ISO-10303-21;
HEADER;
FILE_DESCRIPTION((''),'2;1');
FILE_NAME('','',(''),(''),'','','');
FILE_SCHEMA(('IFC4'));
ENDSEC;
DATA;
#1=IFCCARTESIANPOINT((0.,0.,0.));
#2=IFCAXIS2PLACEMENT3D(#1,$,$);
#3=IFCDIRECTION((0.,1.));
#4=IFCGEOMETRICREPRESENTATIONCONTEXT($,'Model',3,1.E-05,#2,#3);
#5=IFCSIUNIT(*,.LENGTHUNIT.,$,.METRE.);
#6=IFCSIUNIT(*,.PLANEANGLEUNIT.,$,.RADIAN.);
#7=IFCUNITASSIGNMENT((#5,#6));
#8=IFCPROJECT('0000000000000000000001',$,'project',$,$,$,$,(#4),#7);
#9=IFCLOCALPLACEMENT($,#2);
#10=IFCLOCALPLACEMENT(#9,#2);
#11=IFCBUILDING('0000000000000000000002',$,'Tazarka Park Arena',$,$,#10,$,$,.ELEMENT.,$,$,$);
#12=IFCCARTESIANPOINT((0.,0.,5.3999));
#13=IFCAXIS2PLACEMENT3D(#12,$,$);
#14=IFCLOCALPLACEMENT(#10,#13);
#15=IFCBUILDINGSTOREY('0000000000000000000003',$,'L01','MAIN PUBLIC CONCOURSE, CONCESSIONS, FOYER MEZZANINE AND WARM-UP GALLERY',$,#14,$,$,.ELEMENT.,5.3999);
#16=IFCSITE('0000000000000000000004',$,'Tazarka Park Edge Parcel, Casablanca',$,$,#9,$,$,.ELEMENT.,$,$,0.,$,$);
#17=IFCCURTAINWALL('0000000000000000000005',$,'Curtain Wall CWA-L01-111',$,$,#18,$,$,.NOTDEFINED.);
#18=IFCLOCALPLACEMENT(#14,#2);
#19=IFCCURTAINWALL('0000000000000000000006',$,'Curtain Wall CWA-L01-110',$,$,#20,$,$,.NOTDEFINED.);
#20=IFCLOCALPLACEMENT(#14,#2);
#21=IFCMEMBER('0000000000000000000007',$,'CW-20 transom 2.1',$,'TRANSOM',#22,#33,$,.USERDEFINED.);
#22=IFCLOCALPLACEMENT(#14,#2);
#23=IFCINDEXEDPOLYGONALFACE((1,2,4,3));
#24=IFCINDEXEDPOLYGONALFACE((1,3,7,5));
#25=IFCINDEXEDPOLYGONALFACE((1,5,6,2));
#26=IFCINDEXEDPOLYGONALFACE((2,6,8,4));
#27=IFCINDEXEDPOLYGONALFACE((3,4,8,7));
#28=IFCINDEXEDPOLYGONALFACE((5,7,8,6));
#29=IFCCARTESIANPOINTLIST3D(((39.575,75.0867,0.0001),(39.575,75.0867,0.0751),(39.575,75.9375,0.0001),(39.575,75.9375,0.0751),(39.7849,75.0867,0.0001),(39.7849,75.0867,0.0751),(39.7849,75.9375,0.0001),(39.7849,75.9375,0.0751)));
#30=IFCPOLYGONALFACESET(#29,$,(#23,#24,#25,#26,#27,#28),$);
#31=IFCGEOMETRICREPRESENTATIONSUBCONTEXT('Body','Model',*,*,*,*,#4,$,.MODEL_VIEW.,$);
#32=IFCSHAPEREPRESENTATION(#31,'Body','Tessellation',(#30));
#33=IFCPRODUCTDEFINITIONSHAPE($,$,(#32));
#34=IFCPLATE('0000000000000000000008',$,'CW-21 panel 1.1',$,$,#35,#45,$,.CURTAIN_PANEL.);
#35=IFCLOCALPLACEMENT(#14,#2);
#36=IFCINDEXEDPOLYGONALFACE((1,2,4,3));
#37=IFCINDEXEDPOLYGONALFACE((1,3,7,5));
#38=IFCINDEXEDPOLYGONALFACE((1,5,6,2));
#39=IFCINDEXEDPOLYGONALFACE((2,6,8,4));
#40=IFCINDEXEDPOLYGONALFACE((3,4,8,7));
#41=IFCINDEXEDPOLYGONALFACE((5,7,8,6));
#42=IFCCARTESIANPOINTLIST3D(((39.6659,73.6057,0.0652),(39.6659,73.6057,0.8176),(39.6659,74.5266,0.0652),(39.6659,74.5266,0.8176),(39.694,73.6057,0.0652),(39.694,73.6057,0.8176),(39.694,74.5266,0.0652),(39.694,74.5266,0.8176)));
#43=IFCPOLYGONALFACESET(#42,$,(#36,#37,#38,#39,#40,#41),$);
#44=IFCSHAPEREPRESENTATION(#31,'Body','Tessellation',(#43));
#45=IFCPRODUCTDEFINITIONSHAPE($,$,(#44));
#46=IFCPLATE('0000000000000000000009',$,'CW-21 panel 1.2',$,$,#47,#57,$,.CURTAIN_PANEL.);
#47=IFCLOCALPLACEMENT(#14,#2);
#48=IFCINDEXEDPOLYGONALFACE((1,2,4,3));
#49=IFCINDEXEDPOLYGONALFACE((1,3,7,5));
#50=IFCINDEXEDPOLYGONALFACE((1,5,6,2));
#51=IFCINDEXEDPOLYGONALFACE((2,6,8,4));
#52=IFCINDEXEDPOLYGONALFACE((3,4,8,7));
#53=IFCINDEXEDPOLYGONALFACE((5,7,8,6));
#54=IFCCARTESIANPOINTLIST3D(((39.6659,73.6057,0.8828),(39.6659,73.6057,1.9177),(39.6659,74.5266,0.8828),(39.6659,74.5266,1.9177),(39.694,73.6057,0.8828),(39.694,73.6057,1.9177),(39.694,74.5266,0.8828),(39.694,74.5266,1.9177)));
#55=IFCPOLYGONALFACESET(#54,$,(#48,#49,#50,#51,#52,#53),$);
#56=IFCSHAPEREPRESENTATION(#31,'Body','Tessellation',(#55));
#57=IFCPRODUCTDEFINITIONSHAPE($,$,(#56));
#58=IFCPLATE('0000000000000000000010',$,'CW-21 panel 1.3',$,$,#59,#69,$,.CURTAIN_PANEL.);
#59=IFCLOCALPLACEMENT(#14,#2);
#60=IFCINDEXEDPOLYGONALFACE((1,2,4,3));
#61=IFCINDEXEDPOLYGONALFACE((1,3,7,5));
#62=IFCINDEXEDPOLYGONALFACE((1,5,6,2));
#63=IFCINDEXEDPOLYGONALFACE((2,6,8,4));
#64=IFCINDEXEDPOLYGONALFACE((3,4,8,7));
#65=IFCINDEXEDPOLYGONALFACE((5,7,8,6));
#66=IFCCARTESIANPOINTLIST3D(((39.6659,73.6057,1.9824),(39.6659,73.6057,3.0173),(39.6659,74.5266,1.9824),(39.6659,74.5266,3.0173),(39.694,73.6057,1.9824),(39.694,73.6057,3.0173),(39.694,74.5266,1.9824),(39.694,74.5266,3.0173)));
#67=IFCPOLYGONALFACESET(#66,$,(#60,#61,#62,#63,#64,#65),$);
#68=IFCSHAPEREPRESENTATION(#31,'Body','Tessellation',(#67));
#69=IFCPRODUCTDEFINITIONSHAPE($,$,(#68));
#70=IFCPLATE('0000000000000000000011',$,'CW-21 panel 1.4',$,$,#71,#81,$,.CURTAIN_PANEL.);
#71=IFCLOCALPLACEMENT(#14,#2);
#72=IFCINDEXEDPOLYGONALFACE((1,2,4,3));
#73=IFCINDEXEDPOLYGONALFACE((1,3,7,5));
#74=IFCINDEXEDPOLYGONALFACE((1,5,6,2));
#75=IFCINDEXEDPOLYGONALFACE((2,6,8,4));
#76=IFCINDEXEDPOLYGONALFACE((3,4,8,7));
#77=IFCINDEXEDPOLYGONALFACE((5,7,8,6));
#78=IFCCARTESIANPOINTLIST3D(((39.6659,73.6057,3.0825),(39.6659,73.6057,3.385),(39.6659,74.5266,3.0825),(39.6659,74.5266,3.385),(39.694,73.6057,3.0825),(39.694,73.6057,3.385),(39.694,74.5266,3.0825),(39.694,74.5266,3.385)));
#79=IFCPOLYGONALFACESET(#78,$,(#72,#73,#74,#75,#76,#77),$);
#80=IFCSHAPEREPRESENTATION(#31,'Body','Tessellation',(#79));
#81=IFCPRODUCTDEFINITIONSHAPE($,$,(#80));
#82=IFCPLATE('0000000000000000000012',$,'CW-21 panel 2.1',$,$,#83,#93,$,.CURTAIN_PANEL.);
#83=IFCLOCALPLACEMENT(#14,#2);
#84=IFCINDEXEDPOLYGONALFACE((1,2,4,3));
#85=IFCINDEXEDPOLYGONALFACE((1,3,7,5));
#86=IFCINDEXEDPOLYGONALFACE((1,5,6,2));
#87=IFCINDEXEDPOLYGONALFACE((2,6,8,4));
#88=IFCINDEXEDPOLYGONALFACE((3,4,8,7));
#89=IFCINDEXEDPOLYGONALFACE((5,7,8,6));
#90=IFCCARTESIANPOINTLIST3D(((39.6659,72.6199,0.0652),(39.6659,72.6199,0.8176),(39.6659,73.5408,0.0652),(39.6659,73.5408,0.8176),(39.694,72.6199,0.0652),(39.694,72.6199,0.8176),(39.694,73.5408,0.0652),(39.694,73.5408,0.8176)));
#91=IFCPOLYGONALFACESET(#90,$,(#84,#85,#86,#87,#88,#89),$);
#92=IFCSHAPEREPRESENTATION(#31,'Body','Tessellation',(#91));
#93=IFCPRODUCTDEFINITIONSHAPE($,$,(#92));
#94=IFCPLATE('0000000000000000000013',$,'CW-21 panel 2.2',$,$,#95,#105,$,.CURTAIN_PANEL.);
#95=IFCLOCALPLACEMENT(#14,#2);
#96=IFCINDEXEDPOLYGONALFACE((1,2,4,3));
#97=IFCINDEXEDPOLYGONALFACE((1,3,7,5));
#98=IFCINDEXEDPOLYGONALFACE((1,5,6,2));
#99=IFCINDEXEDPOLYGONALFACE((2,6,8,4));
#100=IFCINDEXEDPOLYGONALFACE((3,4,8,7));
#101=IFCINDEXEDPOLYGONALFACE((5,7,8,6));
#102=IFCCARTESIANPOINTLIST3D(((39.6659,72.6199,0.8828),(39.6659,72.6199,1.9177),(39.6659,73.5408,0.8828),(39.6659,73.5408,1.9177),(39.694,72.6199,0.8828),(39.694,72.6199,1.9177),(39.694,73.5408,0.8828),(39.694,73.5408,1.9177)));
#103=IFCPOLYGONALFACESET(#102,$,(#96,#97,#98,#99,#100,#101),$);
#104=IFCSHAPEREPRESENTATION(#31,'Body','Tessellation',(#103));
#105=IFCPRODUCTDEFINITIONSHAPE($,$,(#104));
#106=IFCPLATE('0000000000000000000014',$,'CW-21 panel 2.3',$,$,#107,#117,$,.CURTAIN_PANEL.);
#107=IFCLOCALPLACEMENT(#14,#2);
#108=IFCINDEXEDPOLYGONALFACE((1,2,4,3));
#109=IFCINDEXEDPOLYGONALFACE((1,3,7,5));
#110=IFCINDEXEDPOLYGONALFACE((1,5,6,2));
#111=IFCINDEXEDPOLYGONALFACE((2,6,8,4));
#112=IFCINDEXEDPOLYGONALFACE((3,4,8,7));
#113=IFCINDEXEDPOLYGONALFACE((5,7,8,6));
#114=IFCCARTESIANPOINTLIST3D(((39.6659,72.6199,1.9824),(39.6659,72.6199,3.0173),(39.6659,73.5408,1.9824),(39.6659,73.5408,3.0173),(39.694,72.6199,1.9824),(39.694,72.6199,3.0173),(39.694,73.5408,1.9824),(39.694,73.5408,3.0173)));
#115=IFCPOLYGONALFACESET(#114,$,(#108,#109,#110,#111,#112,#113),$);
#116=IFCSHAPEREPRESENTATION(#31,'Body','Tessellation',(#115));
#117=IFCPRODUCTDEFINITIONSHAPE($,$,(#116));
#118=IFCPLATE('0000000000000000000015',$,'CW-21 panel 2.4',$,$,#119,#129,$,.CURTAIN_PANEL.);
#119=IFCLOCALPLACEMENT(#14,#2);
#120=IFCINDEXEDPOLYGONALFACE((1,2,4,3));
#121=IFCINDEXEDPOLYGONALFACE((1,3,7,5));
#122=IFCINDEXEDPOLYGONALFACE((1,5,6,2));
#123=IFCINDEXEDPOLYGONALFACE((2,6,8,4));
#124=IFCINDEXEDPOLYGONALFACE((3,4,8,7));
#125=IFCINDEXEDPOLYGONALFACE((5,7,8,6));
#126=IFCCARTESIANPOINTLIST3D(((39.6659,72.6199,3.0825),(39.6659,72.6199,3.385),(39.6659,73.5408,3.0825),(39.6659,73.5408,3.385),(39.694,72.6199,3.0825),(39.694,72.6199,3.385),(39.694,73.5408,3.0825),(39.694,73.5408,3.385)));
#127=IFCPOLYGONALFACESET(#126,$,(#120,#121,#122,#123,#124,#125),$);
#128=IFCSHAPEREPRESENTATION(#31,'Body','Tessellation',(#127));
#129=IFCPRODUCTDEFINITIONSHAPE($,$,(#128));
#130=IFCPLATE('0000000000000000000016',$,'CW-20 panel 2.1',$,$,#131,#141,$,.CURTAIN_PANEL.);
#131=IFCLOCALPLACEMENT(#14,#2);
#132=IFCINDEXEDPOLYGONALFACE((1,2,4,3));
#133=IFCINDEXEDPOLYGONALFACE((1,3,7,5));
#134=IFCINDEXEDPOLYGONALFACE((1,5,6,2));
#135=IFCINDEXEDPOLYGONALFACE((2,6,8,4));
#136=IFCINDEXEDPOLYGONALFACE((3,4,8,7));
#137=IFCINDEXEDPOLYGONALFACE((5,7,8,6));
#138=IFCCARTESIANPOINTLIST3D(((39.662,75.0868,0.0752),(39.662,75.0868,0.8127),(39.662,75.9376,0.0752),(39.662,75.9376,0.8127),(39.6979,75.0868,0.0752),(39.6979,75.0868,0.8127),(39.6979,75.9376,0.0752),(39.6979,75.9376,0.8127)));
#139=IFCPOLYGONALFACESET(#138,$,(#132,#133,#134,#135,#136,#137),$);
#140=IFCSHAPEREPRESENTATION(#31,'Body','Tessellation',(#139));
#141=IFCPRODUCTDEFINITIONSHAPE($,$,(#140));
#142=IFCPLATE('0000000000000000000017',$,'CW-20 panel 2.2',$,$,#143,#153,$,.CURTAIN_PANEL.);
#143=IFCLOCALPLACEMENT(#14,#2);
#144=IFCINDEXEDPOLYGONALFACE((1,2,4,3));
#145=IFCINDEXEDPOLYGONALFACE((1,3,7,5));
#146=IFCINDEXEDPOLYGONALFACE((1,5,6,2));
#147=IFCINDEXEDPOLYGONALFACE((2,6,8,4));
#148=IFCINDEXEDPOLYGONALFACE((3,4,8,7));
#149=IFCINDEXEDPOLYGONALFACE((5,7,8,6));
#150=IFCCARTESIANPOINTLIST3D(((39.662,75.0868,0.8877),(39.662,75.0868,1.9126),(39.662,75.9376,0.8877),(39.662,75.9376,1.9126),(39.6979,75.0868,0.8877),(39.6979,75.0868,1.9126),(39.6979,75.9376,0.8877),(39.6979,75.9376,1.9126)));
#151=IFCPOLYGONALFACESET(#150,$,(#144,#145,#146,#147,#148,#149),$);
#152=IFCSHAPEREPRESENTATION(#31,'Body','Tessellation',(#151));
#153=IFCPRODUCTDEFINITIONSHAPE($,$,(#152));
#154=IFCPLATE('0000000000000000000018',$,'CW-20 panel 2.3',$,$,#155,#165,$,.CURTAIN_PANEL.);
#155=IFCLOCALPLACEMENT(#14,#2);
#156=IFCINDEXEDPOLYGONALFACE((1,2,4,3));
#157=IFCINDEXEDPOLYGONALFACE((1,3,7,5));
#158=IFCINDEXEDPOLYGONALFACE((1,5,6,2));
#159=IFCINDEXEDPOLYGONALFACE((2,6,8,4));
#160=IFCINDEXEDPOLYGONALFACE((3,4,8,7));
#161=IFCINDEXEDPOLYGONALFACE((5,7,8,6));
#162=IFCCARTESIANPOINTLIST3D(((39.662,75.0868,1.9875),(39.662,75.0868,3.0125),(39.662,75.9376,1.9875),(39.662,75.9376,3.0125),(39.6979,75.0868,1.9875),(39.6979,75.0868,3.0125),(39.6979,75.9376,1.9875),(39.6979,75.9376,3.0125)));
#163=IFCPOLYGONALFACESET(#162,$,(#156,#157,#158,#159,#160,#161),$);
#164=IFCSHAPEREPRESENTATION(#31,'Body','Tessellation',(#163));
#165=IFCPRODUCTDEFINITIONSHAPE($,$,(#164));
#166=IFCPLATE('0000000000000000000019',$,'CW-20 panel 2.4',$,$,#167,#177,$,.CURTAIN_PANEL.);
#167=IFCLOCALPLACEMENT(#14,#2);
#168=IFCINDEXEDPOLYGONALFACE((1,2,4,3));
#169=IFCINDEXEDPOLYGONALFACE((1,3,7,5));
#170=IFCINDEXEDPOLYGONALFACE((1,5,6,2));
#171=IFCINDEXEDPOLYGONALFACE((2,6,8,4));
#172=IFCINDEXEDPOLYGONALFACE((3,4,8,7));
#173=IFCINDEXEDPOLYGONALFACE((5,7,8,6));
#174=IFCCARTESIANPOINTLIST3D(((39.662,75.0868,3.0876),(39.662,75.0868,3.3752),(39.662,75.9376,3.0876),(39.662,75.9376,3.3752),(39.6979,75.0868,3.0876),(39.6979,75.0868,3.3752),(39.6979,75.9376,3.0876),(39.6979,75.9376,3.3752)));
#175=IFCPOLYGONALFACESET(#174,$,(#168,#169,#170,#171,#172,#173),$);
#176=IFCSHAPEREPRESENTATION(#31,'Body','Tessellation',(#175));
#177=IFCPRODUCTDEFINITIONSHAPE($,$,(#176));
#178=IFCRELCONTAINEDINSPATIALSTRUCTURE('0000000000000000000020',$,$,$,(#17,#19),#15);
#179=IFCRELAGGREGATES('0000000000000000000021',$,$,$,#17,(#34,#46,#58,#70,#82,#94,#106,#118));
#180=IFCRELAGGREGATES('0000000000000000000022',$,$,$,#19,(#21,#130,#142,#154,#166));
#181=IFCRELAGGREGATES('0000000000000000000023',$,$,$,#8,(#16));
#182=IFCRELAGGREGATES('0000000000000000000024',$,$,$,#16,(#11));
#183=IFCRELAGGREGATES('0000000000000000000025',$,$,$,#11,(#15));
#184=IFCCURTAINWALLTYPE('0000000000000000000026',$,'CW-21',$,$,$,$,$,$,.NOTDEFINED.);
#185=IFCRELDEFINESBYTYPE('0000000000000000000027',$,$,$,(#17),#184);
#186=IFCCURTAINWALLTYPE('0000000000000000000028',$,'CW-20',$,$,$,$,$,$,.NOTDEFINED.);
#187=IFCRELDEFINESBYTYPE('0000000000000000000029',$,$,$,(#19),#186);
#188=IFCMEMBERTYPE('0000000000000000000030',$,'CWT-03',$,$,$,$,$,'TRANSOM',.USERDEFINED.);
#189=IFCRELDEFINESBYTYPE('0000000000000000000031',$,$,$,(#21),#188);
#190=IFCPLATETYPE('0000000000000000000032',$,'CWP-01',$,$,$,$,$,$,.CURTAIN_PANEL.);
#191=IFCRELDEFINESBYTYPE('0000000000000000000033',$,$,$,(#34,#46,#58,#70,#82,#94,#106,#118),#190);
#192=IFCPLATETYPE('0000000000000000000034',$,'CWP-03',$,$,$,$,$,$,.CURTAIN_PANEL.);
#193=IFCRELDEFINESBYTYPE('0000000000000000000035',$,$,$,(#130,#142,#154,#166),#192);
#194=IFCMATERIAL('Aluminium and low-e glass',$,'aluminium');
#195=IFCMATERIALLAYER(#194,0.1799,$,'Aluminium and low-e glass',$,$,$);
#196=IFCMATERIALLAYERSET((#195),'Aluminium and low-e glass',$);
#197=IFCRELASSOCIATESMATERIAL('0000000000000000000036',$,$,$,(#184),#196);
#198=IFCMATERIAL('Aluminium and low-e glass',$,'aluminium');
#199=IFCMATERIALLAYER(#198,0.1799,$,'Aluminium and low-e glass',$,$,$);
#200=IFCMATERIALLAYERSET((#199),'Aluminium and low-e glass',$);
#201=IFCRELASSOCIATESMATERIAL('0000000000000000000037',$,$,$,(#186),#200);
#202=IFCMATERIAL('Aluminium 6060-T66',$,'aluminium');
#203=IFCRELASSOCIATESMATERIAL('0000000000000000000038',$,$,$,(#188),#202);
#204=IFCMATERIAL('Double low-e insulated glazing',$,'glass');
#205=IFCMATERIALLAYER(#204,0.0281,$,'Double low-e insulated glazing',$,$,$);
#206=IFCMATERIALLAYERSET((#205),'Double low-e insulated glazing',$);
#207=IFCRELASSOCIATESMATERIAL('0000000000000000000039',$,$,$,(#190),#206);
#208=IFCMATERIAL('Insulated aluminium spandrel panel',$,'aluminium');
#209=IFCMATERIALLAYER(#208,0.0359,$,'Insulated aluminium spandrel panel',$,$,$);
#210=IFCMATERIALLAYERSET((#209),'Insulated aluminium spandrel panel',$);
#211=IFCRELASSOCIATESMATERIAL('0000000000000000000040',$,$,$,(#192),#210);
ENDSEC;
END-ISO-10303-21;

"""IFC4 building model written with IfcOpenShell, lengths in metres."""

from ifc_helpers import new_model, si_unit, direction, frame, origin, origin_2d, place, context, subcontext, project, spatial, rectangle, extrude, material, layer, layer_set, material_profile, profile_set, type_object, element, aggregate, save


model = new_model("IFC4")

# Units and contexts
model_context = context("Model", 3, precision=1e-05, world=origin(), true_north=direction((0.0, 1.0)))
body_context = subcontext(model_context, "Body", "Model", "MODEL_VIEW")
ifc_project = project(units=[si_unit("LENGTHUNIT", "METRE"), si_unit("PLANEANGLEUNIT", "RADIAN")], contexts=[model_context])

# Site, building, storey
site_placement = place(None, origin())
site = spatial("IfcSite", under=ifc_project, at=site_placement, Name="Tazarka Park Edge Parcel, Casablanca", CompositionType="ELEMENT", RefElevation=0.0)
building_placement = place(site_placement, origin())
building = spatial("IfcBuilding", under=site, at=building_placement, Name="Tazarka Park Arena", CompositionType="ELEMENT")
storey_placement = place(building_placement, frame((0.0, 0.0, 5.3999)))
storey = spatial("IfcBuildingStorey", under=building, at=storey_placement, Name="L01", Description="MAIN PUBLIC CONCOURSE, CONCESSIONS, FOYER MEZZANINE AND WARM-UP GALLERY", CompositionType="ELEMENT", Elevation=5.3999)

# Curtain wall
ifc_material_1 = material(Name="Aluminium and low-e glass", Category="aluminium")
ifc_layer_1 = layer(ifc_material_1, 0.1799, Name="Aluminium and low-e glass")
ifc_layer_set_1 = layer_set([ifc_layer_1], Name="Aluminium and low-e glass")
curtain_wall_type_1 = type_object("IfcCurtainWallType", Name="CW-21", PredefinedType="NOTDEFINED", material=ifc_layer_set_1)
curtain_wall_1_placement = place(storey_placement, origin())
curtain_wall_1 = element("IfcCurtainWall", 1, at=curtain_wall_1_placement, inside=storey, type_object=curtain_wall_type_1, Name="Curtain Wall CWA-L01-111", PredefinedType="NOTDEFINED")

# Curtain wall
ifc_material_2 = material(Name="Aluminium and low-e glass", Category="aluminium")
ifc_layer_2 = layer(ifc_material_2, 0.1799, Name="Aluminium and low-e glass")
ifc_layer_set_2 = layer_set([ifc_layer_2], Name="Aluminium and low-e glass")
curtain_wall_type_2 = type_object("IfcCurtainWallType", Name="CW-20", PredefinedType="NOTDEFINED", material=ifc_layer_set_2)
curtain_wall_2_placement = place(storey_placement, origin())
curtain_wall_2 = element("IfcCurtainWall", 2, at=curtain_wall_2_placement, inside=storey, type_object=curtain_wall_type_2, Name="Curtain Wall CWA-L01-110", PredefinedType="NOTDEFINED")

# Member
ifc_material_3 = material(Name="Aluminium 6060-T66", Category="aluminium")
ifc_material_profile_1 = material_profile(ifc_material_3, rectangle(XDim=0.21, YDim=0.075, at=origin_2d()), Name="Aluminium 6060-T66")
ifc_profile_set_1 = profile_set([ifc_material_profile_1], Name="Aluminium 6060-T66")
member_type_1 = type_object("IfcMemberType", Name="CWT-03", ElementType="TRANSOM", PredefinedType="USERDEFINED", material=ifc_profile_set_1)
member_1_placement = place(storey_placement, frame((39.6799, 75.9375, 0.0376), z_axis=(0.0, -1.0, 0.0), x_axis=(1.0, 0.0, 0.0)))
member_1 = element("IfcMember", 3, at=member_1_placement, type_object=member_type_1, Name="CW-20 transom 2.1", ObjectType="TRANSOM", PredefinedType="USERDEFINED", context=body_context, shape_type="SweptSolid", body=[
    extrude(rectangle(XDim=0.21, YDim=0.075, at=origin_2d()), origin(), (0.0, 0.0, 1.0), 0.8508),
])

# Plates
ifc_material_4 = material(Name="Double low-e insulated glazing", Category="glass")
ifc_layer_3 = layer(ifc_material_4, 0.0281, Name="Double low-e insulated glazing")
ifc_layer_set_3 = layer_set([ifc_layer_3], Name="Double low-e insulated glazing")
plate_type_1 = type_object("IfcPlateType", Name="CWP-01", PredefinedType="CURTAIN_PANEL", material=ifc_layer_set_3)
plate_1_placement = place(storey_placement, frame((39.6799, 74.0662, 0.0652), z_axis=(0.0, 0.0, 1.0), x_axis=(0.0, -1.0, 0.0)))
plate_1 = element("IfcPlate", 4, at=plate_1_placement, type_object=plate_type_1, Name="CW-21 panel 1.1", PredefinedType="CURTAIN_PANEL", context=body_context, shape_type="SweptSolid", body=[
    extrude(rectangle(XDim=0.9209, YDim=0.0281, at=origin_2d()), origin(), (0.0, 0.0, 1.0), 0.7524),
])
plate_2_placement = place(storey_placement, frame((39.6799, 74.0662, 0.8828), z_axis=(0.0, 0.0, 1.0), x_axis=(0.0, -1.0, 0.0)))
plate_2 = element("IfcPlate", 5, at=plate_2_placement, type_object=plate_type_1, Name="CW-21 panel 1.2", PredefinedType="CURTAIN_PANEL", context=body_context, shape_type="SweptSolid", body=[
    extrude(rectangle(XDim=0.9209, YDim=0.0281, at=origin_2d()), origin(), (0.0, 0.0, 1.0), 1.0349),
])
plate_3_placement = place(storey_placement, frame((39.6799, 74.0662, 1.9824), z_axis=(0.0, 0.0, 1.0), x_axis=(0.0, -1.0, 0.0)))
plate_3 = element("IfcPlate", 6, at=plate_3_placement, type_object=plate_type_1, Name="CW-21 panel 1.3", PredefinedType="CURTAIN_PANEL", context=body_context, shape_type="SweptSolid", body=[
    extrude(rectangle(XDim=0.9209, YDim=0.0281, at=origin_2d()), origin(), (0.0, 0.0, 1.0), 1.0349),
])
plate_4_placement = place(storey_placement, frame((39.6799, 74.0662, 3.0825), z_axis=(0.0, 0.0, 1.0), x_axis=(0.0, -1.0, 0.0)))
plate_4 = element("IfcPlate", 7, at=plate_4_placement, type_object=plate_type_1, Name="CW-21 panel 1.4", PredefinedType="CURTAIN_PANEL", context=body_context, shape_type="SweptSolid", body=[
    extrude(rectangle(XDim=0.9209, YDim=0.0281, at=origin_2d()), origin(), (0.0, 0.0, 1.0), 0.3025),
])
plate_5_placement = place(storey_placement, frame((39.6799, 73.0803, 0.0652), z_axis=(0.0, 0.0, 1.0), x_axis=(0.0, -1.0, 0.0)))
plate_5 = element("IfcPlate", 8, at=plate_5_placement, type_object=plate_type_1, Name="CW-21 panel 2.1", PredefinedType="CURTAIN_PANEL", context=body_context, shape_type="SweptSolid", body=[
    extrude(rectangle(XDim=0.9209, YDim=0.0281, at=origin_2d()), origin(), (0.0, 0.0, 1.0), 0.7524),
])
plate_6_placement = place(storey_placement, frame((39.6799, 73.0803, 0.8828), z_axis=(0.0, 0.0, 1.0), x_axis=(0.0, -1.0, 0.0)))
plate_6 = element("IfcPlate", 9, at=plate_6_placement, type_object=plate_type_1, Name="CW-21 panel 2.2", PredefinedType="CURTAIN_PANEL", context=body_context, shape_type="SweptSolid", body=[
    extrude(rectangle(XDim=0.9209, YDim=0.0281, at=origin_2d()), origin(), (0.0, 0.0, 1.0), 1.0349),
])
plate_7_placement = place(storey_placement, frame((39.6799, 73.0803, 1.9824), z_axis=(0.0, 0.0, 1.0), x_axis=(0.0, -1.0, 0.0)))
plate_7 = element("IfcPlate", 10, at=plate_7_placement, type_object=plate_type_1, Name="CW-21 panel 2.3", PredefinedType="CURTAIN_PANEL", context=body_context, shape_type="SweptSolid", body=[
    extrude(rectangle(XDim=0.9209, YDim=0.0281, at=origin_2d()), origin(), (0.0, 0.0, 1.0), 1.0349),
])
plate_8_placement = place(storey_placement, frame((39.6799, 73.0803, 3.0825), z_axis=(0.0, 0.0, 1.0), x_axis=(0.0, -1.0, 0.0)))
plate_8 = element("IfcPlate", 11, at=plate_8_placement, type_object=plate_type_1, Name="CW-21 panel 2.4", PredefinedType="CURTAIN_PANEL", context=body_context, shape_type="SweptSolid", body=[
    extrude(rectangle(XDim=0.9209, YDim=0.0281, at=origin_2d()), origin(), (0.0, 0.0, 1.0), 0.3025),
])
aggregate(curtain_wall_1, [plate_1, plate_2, plate_3, plate_4, plate_5, plate_6, plate_7, plate_8])
ifc_material_5 = material(Name="Insulated aluminium spandrel panel", Category="aluminium")
ifc_layer_4 = layer(ifc_material_5, 0.0359, Name="Insulated aluminium spandrel panel")
ifc_layer_set_4 = layer_set([ifc_layer_4], Name="Insulated aluminium spandrel panel")
plate_type_2 = type_object("IfcPlateType", Name="CWP-03", PredefinedType="CURTAIN_PANEL", material=ifc_layer_set_4)
plate_9_placement = place(storey_placement, frame((39.6799, 75.5122, 0.0752), z_axis=(0.0, 0.0, 1.0), x_axis=(0.0, -1.0, 0.0)))
plate_9 = element("IfcPlate", 12, at=plate_9_placement, type_object=plate_type_2, Name="CW-20 panel 2.1", PredefinedType="CURTAIN_PANEL", context=body_context, shape_type="SweptSolid", body=[
    extrude(rectangle(XDim=0.8508, YDim=0.0359, at=origin_2d()), origin(), (0.0, 0.0, 1.0), 0.7375),
])
plate_10_placement = place(storey_placement, frame((39.6799, 75.5122, 0.8877), z_axis=(0.0, 0.0, 1.0), x_axis=(0.0, -1.0, 0.0)))
plate_10 = element("IfcPlate", 13, at=plate_10_placement, type_object=plate_type_2, Name="CW-20 panel 2.2", PredefinedType="CURTAIN_PANEL", context=body_context, shape_type="SweptSolid", body=[
    extrude(rectangle(XDim=0.8508, YDim=0.0359, at=origin_2d()), origin(), (0.0, 0.0, 1.0), 1.0249),
])
plate_11_placement = place(storey_placement, frame((39.6799, 75.5122, 1.9875), z_axis=(0.0, 0.0, 1.0), x_axis=(0.0, -1.0, 0.0)))
plate_11 = element("IfcPlate", 14, at=plate_11_placement, type_object=plate_type_2, Name="CW-20 panel 2.3", PredefinedType="CURTAIN_PANEL", context=body_context, shape_type="SweptSolid", body=[
    extrude(rectangle(XDim=0.8508, YDim=0.0359, at=origin_2d()), origin(), (0.0, 0.0, 1.0), 1.0249),
])
plate_12_placement = place(storey_placement, frame((39.6799, 75.5122, 3.0876), z_axis=(0.0, 0.0, 1.0), x_axis=(0.0, -1.0, 0.0)))
plate_12 = element("IfcPlate", 15, at=plate_12_placement, type_object=plate_type_2, Name="CW-20 panel 2.4", PredefinedType="CURTAIN_PANEL", context=body_context, shape_type="SweptSolid", body=[
    extrude(rectangle(XDim=0.8508, YDim=0.0359, at=origin_2d()), origin(), (0.0, 0.0, 1.0), 0.2876),
])
aggregate(curtain_wall_2, [member_1, plate_9, plate_10, plate_11, plate_12])

save(model, "model.ifc")
